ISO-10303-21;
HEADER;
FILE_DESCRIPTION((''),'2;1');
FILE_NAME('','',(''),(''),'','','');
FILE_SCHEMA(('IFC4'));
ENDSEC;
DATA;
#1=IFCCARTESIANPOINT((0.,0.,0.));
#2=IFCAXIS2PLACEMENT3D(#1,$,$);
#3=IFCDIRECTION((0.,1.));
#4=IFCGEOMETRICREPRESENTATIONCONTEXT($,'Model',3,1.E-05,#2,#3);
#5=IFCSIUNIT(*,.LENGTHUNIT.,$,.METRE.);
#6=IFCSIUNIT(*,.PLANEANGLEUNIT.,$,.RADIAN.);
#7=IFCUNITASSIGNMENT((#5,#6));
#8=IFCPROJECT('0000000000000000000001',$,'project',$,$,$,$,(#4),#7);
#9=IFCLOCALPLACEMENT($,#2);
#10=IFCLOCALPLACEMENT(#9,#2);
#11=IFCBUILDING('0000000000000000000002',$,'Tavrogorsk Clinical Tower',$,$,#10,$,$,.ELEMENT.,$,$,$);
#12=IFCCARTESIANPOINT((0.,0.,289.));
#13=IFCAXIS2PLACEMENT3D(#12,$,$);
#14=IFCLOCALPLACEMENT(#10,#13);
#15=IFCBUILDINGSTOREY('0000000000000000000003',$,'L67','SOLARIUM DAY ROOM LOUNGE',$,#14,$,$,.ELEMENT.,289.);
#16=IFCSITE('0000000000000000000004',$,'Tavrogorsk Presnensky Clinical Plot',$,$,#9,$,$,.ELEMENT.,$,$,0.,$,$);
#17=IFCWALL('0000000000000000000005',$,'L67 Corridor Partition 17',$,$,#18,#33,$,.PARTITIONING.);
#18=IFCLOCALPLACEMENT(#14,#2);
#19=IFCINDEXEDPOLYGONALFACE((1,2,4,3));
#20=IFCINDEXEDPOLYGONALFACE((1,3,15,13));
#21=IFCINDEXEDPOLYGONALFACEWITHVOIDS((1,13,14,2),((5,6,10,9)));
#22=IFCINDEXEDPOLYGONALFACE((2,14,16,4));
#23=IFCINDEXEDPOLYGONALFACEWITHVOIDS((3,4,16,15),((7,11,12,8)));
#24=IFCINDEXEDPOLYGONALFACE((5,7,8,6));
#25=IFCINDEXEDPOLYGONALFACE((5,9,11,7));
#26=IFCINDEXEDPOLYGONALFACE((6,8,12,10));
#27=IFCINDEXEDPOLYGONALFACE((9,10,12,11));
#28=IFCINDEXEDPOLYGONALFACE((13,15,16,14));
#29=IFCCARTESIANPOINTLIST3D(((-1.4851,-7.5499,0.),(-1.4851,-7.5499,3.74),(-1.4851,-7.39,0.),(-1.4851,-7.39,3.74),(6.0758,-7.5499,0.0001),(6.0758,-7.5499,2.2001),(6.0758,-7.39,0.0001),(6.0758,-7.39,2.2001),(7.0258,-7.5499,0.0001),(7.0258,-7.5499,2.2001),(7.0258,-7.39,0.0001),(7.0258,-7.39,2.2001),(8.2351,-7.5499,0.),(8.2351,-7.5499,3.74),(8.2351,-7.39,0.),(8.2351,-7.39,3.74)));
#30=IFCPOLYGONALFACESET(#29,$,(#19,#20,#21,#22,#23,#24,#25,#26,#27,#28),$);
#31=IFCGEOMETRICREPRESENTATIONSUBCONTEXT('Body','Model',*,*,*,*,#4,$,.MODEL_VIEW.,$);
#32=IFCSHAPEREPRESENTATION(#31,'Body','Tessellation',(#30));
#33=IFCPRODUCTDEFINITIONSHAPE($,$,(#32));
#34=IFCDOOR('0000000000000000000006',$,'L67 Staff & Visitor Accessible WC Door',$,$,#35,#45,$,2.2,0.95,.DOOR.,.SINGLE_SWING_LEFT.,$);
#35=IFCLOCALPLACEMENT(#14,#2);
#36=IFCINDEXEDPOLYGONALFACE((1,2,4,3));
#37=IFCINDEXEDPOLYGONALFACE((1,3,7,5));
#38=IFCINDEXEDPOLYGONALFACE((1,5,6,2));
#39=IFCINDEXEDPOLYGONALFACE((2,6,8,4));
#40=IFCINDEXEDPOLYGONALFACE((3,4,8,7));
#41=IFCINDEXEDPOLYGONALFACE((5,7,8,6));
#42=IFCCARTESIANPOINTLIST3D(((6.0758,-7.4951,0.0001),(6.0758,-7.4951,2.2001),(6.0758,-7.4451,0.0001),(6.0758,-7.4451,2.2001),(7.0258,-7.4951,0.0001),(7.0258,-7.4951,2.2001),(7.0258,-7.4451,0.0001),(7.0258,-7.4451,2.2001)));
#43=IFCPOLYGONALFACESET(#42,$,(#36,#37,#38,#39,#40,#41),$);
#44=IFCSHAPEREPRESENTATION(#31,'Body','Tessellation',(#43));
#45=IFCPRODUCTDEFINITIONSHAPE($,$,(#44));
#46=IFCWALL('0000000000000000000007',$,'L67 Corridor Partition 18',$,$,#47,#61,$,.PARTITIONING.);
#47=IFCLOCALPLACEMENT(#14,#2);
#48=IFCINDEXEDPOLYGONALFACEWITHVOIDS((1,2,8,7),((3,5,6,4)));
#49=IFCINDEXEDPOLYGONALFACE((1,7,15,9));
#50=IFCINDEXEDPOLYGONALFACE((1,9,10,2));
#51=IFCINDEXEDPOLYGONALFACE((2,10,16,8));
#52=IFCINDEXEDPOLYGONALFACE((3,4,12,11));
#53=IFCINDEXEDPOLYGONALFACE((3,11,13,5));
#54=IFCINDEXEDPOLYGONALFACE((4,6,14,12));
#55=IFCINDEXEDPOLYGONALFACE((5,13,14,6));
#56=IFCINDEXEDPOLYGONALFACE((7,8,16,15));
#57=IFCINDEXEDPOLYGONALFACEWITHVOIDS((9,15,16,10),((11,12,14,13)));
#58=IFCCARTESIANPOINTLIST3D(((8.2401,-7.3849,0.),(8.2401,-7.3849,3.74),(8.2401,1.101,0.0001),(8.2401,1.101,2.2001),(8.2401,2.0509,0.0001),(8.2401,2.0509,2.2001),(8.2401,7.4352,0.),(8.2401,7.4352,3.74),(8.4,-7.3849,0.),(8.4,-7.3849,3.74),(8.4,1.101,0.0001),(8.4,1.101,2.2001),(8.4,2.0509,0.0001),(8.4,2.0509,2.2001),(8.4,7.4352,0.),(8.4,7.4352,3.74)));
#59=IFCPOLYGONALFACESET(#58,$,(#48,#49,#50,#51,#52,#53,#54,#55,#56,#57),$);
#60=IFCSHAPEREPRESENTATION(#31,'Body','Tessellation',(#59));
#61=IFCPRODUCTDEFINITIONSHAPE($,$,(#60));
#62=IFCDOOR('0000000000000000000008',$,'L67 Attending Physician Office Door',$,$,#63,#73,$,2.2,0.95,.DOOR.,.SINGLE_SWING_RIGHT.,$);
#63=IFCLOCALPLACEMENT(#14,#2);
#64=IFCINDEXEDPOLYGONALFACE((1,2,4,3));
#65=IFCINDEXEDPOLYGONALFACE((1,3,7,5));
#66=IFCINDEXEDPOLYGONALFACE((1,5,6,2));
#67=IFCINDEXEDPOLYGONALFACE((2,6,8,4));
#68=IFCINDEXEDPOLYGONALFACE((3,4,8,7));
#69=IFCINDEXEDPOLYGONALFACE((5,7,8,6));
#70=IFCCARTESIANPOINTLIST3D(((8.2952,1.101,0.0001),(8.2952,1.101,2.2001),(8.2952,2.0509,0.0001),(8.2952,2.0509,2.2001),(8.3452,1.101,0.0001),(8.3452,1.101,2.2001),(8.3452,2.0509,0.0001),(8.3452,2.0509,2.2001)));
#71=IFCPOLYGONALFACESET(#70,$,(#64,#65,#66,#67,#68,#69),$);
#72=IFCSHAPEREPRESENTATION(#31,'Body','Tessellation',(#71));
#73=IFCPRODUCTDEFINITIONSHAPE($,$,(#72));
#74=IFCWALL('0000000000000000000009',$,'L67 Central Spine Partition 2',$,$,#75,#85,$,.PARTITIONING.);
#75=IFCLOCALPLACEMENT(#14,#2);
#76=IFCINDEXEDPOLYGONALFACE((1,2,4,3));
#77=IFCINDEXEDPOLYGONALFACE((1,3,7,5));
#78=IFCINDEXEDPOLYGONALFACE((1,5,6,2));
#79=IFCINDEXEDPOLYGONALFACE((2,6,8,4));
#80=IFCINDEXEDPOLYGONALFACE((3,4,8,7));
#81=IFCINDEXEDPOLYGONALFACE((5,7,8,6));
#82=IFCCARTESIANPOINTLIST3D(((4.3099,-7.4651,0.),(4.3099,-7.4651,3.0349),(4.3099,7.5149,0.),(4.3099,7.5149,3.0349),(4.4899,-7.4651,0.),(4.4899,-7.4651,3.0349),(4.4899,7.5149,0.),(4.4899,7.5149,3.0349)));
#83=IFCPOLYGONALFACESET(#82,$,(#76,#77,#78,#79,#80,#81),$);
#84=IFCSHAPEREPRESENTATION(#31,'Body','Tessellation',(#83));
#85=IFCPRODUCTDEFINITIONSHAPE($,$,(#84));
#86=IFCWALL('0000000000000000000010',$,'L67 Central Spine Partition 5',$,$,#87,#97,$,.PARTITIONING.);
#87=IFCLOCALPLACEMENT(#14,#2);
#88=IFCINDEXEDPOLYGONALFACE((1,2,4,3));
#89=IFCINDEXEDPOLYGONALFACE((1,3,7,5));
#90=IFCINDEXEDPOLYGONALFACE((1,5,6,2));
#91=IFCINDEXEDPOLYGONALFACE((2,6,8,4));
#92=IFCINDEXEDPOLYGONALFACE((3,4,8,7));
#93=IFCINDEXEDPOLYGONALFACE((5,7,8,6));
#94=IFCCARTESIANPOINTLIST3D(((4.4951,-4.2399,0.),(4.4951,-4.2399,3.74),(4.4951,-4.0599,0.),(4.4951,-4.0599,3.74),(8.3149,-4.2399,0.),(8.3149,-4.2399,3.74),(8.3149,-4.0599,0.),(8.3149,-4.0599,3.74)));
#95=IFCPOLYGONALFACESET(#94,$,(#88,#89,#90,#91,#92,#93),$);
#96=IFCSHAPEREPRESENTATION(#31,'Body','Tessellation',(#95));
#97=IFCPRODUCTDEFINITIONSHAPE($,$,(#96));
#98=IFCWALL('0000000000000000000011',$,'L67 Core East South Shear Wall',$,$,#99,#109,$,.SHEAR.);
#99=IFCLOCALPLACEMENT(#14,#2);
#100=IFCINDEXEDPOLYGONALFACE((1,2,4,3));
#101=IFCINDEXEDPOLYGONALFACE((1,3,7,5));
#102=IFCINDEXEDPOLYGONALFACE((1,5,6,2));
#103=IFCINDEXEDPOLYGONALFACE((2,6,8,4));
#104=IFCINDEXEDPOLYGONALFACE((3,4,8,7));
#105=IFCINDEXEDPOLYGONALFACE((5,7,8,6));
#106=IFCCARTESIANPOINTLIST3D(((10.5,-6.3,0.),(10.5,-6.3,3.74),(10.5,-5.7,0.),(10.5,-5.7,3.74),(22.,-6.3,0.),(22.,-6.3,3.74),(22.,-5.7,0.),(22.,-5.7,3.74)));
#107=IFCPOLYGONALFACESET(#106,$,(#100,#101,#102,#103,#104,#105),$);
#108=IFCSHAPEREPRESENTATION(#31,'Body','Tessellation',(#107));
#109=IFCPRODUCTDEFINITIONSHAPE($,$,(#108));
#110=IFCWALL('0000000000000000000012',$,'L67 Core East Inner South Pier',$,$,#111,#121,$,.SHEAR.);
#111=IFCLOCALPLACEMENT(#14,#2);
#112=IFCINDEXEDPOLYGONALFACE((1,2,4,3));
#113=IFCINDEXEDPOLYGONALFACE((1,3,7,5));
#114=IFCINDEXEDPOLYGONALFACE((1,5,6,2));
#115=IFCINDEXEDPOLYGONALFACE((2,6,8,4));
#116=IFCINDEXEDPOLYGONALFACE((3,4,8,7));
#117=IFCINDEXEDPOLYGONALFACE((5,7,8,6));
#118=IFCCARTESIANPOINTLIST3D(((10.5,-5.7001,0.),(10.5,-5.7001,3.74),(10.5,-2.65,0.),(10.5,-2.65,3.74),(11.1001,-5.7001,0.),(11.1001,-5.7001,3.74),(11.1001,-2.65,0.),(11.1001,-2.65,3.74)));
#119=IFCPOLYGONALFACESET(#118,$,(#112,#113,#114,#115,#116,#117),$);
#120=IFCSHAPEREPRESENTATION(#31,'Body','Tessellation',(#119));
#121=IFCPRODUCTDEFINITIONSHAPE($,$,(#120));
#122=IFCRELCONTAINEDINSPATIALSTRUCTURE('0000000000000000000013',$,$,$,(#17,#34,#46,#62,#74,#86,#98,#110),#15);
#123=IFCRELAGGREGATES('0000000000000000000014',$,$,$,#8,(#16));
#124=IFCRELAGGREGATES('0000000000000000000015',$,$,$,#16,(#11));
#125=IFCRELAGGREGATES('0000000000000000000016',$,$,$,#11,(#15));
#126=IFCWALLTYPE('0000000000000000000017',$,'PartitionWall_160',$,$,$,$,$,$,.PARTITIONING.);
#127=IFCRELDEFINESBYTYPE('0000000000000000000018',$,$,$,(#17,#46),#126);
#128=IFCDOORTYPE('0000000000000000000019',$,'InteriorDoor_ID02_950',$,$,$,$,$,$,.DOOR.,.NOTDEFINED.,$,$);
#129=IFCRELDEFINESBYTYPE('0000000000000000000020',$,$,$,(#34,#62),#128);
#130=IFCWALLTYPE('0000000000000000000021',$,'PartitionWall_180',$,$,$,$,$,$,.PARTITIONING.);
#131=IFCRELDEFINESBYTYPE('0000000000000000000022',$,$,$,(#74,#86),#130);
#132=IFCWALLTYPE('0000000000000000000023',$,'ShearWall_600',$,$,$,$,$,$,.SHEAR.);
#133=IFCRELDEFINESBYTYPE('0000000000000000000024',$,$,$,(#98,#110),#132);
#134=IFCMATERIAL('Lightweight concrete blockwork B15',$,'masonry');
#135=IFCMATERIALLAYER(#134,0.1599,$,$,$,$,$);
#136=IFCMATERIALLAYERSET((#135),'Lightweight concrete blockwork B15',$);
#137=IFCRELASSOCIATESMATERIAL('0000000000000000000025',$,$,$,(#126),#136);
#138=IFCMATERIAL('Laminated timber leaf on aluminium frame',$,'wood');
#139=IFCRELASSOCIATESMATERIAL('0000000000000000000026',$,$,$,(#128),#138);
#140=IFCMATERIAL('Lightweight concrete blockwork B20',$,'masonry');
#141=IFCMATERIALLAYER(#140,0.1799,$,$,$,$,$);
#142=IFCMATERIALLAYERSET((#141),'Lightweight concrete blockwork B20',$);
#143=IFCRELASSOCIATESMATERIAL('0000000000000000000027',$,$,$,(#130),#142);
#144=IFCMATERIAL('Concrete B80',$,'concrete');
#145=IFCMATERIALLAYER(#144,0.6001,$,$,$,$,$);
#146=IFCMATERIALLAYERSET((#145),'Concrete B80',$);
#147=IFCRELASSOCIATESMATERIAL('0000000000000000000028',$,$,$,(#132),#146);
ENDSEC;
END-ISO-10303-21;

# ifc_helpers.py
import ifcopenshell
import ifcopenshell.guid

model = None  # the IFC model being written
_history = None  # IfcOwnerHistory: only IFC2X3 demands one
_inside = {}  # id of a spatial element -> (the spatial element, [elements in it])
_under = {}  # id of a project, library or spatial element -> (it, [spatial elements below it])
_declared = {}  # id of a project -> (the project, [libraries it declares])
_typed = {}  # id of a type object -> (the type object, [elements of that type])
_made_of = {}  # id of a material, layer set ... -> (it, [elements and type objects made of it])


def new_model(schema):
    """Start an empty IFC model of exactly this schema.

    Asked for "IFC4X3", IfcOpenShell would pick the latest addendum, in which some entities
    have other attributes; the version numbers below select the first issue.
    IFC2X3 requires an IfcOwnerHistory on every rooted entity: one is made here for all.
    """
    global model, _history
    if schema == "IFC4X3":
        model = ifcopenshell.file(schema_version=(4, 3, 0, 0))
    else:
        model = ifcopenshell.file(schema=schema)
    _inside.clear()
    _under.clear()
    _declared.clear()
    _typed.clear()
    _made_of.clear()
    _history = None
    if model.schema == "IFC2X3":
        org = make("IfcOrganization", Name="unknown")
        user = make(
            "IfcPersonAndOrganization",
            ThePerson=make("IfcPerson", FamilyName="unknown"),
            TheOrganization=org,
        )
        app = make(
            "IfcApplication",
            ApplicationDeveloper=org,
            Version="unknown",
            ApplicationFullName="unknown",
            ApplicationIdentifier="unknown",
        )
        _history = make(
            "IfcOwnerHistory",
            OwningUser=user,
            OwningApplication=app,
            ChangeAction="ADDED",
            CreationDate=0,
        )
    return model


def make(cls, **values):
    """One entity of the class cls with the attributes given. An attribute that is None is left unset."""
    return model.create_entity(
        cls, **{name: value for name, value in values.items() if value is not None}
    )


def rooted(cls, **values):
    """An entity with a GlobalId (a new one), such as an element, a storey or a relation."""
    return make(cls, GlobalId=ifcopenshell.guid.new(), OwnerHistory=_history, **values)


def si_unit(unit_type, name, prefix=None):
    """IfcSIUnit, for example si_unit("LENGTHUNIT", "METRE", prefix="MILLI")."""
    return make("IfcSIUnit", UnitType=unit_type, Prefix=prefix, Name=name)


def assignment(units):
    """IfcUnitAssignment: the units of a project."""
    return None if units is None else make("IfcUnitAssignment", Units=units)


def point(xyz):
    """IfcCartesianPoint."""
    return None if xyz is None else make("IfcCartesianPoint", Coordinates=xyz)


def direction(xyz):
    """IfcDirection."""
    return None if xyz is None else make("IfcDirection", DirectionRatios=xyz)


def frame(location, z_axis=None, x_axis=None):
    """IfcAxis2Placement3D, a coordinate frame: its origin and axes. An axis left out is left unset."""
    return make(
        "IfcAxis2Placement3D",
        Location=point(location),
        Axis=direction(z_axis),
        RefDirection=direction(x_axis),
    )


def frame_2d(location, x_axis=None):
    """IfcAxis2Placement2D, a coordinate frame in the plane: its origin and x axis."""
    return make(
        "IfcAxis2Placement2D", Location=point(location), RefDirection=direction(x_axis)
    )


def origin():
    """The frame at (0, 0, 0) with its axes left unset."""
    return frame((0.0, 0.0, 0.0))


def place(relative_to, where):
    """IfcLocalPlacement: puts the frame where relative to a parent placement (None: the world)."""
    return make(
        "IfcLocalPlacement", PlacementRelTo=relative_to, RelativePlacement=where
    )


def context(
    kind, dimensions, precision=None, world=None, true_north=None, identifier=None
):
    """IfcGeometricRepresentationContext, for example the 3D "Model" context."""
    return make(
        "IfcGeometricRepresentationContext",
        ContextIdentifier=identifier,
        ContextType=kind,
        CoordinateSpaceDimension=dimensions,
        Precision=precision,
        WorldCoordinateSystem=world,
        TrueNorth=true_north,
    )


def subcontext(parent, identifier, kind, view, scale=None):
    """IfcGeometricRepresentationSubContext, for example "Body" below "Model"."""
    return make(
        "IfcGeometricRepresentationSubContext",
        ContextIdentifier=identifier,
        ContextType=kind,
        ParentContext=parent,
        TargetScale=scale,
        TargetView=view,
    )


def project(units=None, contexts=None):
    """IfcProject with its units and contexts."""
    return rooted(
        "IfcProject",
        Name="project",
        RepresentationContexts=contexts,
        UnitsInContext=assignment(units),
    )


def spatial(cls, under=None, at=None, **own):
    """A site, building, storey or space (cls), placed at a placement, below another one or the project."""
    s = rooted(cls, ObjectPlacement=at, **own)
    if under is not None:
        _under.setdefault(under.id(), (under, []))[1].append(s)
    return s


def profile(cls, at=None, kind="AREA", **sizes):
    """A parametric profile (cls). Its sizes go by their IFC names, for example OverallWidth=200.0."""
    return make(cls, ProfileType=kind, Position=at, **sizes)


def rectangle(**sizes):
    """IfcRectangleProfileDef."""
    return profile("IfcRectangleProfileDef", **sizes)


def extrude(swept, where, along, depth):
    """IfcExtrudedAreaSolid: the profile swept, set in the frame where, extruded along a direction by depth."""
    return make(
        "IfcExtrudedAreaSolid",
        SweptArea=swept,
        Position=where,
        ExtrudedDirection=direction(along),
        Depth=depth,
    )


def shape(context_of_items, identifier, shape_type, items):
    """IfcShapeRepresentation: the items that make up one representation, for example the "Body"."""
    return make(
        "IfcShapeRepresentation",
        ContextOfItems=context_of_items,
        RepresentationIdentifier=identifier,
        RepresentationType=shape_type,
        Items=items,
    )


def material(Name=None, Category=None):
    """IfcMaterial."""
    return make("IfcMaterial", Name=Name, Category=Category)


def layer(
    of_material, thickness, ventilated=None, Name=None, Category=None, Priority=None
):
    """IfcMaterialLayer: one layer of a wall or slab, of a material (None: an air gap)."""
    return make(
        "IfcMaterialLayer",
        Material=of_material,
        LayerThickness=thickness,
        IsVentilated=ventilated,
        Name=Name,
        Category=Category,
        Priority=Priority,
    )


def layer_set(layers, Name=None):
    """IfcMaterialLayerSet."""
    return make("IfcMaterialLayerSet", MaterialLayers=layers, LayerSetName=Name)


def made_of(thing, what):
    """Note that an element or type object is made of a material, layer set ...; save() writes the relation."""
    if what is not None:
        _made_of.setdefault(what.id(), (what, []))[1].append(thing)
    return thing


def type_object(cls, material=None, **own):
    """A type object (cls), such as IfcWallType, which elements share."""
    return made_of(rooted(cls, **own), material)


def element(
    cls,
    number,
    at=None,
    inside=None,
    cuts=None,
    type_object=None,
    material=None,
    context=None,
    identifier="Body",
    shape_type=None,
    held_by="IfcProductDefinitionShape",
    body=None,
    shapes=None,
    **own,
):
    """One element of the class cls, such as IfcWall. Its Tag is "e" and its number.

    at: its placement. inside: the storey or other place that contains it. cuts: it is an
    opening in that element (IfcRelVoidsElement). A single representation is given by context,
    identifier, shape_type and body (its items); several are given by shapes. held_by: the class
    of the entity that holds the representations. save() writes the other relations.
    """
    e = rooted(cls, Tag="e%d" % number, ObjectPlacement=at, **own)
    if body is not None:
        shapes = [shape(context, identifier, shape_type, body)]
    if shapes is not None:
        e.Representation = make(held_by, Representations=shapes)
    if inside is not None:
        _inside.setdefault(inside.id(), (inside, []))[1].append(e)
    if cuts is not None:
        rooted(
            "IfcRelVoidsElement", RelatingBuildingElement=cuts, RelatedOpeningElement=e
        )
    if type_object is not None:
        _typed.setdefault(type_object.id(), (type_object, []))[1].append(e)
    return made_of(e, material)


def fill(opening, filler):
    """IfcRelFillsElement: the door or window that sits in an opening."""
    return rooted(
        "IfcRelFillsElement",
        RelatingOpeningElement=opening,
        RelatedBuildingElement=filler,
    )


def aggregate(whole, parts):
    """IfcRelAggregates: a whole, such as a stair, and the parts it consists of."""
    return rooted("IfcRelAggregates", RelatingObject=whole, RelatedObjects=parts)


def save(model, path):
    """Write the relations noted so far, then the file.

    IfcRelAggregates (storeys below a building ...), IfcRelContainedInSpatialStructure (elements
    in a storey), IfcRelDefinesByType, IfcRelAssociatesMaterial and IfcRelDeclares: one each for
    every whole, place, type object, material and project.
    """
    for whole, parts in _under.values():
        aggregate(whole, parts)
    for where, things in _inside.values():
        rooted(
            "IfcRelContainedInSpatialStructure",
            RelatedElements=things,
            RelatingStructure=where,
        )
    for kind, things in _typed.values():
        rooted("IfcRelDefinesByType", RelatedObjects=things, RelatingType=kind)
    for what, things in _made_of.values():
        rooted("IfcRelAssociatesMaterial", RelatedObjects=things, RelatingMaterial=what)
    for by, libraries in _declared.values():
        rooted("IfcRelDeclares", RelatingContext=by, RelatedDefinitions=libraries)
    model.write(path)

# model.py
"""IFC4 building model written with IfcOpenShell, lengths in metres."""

from ifc_helpers import new_model, si_unit, direction, frame, frame_2d, origin, place, context, subcontext, project, spatial, rectangle, extrude, material, layer, layer_set, type_object, element, fill, save


model = new_model("IFC4")

# Units and contexts
model_context = context("Model", 3, precision=1e-05, world=origin(), true_north=direction((0.0, 1.0)))
body_context = subcontext(model_context, "Body", "Model", "MODEL_VIEW")
ifc_project = project(units=[si_unit("LENGTHUNIT", "METRE"), si_unit("PLANEANGLEUNIT", "RADIAN")], contexts=[model_context])

# Site, building, storey
site_placement = place(None, origin())
site = spatial("IfcSite", under=ifc_project, at=site_placement, Name="Tavrogorsk Presnensky Clinical Plot", CompositionType="ELEMENT", RefElevation=0.0)
building_placement = place(site_placement, origin())
building = spatial("IfcBuilding", under=site, at=building_placement, Name="Tavrogorsk Clinical Tower", CompositionType="ELEMENT")
storey_placement = place(building_placement, frame((0.0, 0.0, 289.0)))
storey = spatial("IfcBuildingStorey", under=building, at=storey_placement, Name="L67", Description="SOLARIUM DAY ROOM LOUNGE", CompositionType="ELEMENT", Elevation=289.0)

# Shared definitions
ifc_material_1 = material(Name="Lightweight concrete blockwork B15", Category="masonry")
ifc_layer_1 = layer(ifc_material_1, 0.1599)
ifc_layer_set_1 = layer_set([ifc_layer_1], Name="Lightweight concrete blockwork B15")
wall_type_1 = type_object("IfcWallType", Name="PartitionWall_160", PredefinedType="PARTITIONING", material=ifc_layer_set_1)

# Shared definitions
ifc_material_2 = material(Name="Laminated timber leaf on aluminium frame", Category="wood")
door_type_1 = type_object("IfcDoorType", Name="InteriorDoor_ID02_950", OperationType="NOTDEFINED", PredefinedType="DOOR", material=ifc_material_2)

# Walls, openings, doors
wall_1_placement = place(storey_placement, frame((-1.4851, -7.47, 0.0), z_axis=(0.0, 0.0, 1.0), x_axis=(1.0, 0.0, 0.0)))
wall_1 = element("IfcWall", 1, at=wall_1_placement, inside=storey, type_object=wall_type_1, Name="L67 Corridor Partition 17", PredefinedType="PARTITIONING", context=body_context, shape_type="SweptSolid", body=[
    extrude(rectangle(XDim=9.7202, YDim=0.1599, at=frame_2d((4.8601, 0.0))), origin(), (0.0, 0.0, 1.0), 3.74),
])
opening_1_placement = place(wall_1_placement, frame((7.5608, 0.0, 0.0)))
opening_1 = element("IfcOpeningElement", 2, at=opening_1_placement, cuts=wall_1, PredefinedType="OPENING", context=body_context, shape_type="SweptSolid", body=[
    extrude(rectangle(XDim=0.95, YDim=2.2, at=frame_2d((0.4751, 1.1001))), frame((0.0, 0.0898, 0.0), z_axis=(0.0, -1.0, 0.0), x_axis=(1.0, 0.0, 0.0)), (0.0, 0.0, 1.0), 0.1799),
])
door_1_placement = place(opening_1_placement, origin())
door_1 = element("IfcDoor", 3, at=door_1_placement, inside=storey, type_object=door_type_1, Name="L67 Staff & Visitor Accessible WC Door", OperationType="SINGLE_SWING_LEFT", OverallHeight=2.2, OverallWidth=0.95, PredefinedType="DOOR", context=body_context, shape_type="SweptSolid", body=[
    extrude(rectangle(XDim=0.95, YDim=2.2, at=frame_2d((0.4751, 1.1001))), frame((0.0, 0.0249, 0.0), z_axis=(0.0, -1.0, 0.0), x_axis=(1.0, 0.0, 0.0)), (0.0, 0.0, 1.0), 0.05),
])
fill(opening_1, door_1)
wall_2_placement = place(storey_placement, frame((8.3201, -7.385, 0.0), z_axis=(0.0, 0.0, 1.0), x_axis=(0.0, 1.0, 0.0)))
wall_2 = element("IfcWall", 4, at=wall_2_placement, inside=storey, type_object=wall_type_1, Name="L67 Corridor Partition 18", PredefinedType="PARTITIONING", context=body_context, shape_type="SweptSolid", body=[
    extrude(rectangle(XDim=14.8201, YDim=0.1599, at=frame_2d((7.4102, 0.0))), origin(), (0.0, 0.0, 1.0), 3.74),
])
opening_2_placement = place(wall_2_placement, frame((8.4858, 0.0, 0.0)))
opening_2 = element("IfcOpeningElement", 5, at=opening_2_placement, cuts=wall_2, PredefinedType="OPENING", context=body_context, shape_type="SweptSolid", body=[
    extrude(rectangle(XDim=0.95, YDim=2.2, at=frame_2d((0.4751, 1.1001))), frame((0.0, 0.0898, 0.0), z_axis=(0.0, -1.0, 0.0), x_axis=(1.0, 0.0, 0.0)), (0.0, 0.0, 1.0), 0.1799),
])
door_2_placement = place(opening_2_placement, origin())
door_2 = element("IfcDoor", 6, at=door_2_placement, inside=storey, type_object=door_type_1, Name="L67 Attending Physician Office Door", OperationType="SINGLE_SWING_RIGHT", OverallHeight=2.2, OverallWidth=0.95, PredefinedType="DOOR", context=body_context, shape_type="SweptSolid", body=[
    extrude(rectangle(XDim=0.95, YDim=2.2, at=frame_2d((0.4751, 1.1001))), frame((0.0, 0.0249, 0.0), z_axis=(0.0, -1.0, 0.0), x_axis=(1.0, 0.0, 0.0)), (0.0, 0.0, 1.0), 0.05),
])
fill(opening_2, door_2)

# Walls
ifc_material_3 = material(Name="Lightweight concrete blockwork B20", Category="masonry")
ifc_layer_2 = layer(ifc_material_3, 0.1799)
ifc_layer_set_2 = layer_set([ifc_layer_2], Name="Lightweight concrete blockwork B20")
wall_type_2 = type_object("IfcWallType", Name="PartitionWall_180", PredefinedType="PARTITIONING", material=ifc_layer_set_2)
wall_3_placement = place(storey_placement, frame((4.3999, -7.4651, 0.0), z_axis=(0.0, 0.0, 1.0), x_axis=(0.0, 1.0, 0.0)))
element("IfcWall", 7, at=wall_3_placement, inside=storey, type_object=wall_type_2, Name="L67 Central Spine Partition 2", PredefinedType="PARTITIONING", context=body_context, shape_type="SweptSolid", body=[
    extrude(rectangle(XDim=14.98, YDim=0.1799, at=frame_2d((7.49, 0.0))), origin(), (0.0, 0.0, 1.0), 3.0349),
])
wall_4_placement = place(storey_placement, frame((4.4951, -4.1499, 0.0), z_axis=(0.0, 0.0, 1.0), x_axis=(1.0, 0.0, 0.0)))
element("IfcWall", 8, at=wall_4_placement, inside=storey, type_object=wall_type_2, Name="L67 Central Spine Partition 5", PredefinedType="PARTITIONING", context=body_context, shape_type="SweptSolid", body=[
    extrude(rectangle(XDim=3.8198, YDim=0.1799, at=frame_2d((1.9099, 0.0))), origin(), (0.0, 0.0, 1.0), 3.74),
])
ifc_material_4 = material(Name="Concrete B80", Category="concrete")
ifc_layer_3 = layer(ifc_material_4, 0.6001)
ifc_layer_set_3 = layer_set([ifc_layer_3], Name="Concrete B80")
wall_type_3 = type_object("IfcWallType", Name="ShearWall_600", PredefinedType="SHEAR", material=ifc_layer_set_3)
wall_5_placement = place(storey_placement, frame((10.5, -6.0, 0.0), z_axis=(0.0, 0.0, 1.0), x_axis=(1.0, 0.0, 0.0)))
element("IfcWall", 9, at=wall_5_placement, inside=storey, type_object=wall_type_3, Name="L67 Core East South Shear Wall", PredefinedType="SHEAR", context=body_context, shape_type="SweptSolid", body=[
    extrude(rectangle(XDim=11.5, YDim=0.6001, at=frame_2d((5.75, 0.0))), origin(), (0.0, 0.0, 1.0), 3.74),
])
wall_6_placement = place(storey_placement, frame((10.8, -5.7, 0.0), z_axis=(0.0, 0.0, 1.0), x_axis=(0.0, 1.0, 0.0)))
element("IfcWall", 10, at=wall_6_placement, inside=storey, type_object=wall_type_3, Name="L67 Core East Inner South Pier", PredefinedType="SHEAR", context=body_context, shape_type="SweptSolid", body=[
    extrude(rectangle(XDim=3.05, YDim=0.6001, at=frame_2d((1.5249, 0.0))), origin(), (0.0, 0.0, 1.0), 3.74),
])

save(model, "model.ifc")
